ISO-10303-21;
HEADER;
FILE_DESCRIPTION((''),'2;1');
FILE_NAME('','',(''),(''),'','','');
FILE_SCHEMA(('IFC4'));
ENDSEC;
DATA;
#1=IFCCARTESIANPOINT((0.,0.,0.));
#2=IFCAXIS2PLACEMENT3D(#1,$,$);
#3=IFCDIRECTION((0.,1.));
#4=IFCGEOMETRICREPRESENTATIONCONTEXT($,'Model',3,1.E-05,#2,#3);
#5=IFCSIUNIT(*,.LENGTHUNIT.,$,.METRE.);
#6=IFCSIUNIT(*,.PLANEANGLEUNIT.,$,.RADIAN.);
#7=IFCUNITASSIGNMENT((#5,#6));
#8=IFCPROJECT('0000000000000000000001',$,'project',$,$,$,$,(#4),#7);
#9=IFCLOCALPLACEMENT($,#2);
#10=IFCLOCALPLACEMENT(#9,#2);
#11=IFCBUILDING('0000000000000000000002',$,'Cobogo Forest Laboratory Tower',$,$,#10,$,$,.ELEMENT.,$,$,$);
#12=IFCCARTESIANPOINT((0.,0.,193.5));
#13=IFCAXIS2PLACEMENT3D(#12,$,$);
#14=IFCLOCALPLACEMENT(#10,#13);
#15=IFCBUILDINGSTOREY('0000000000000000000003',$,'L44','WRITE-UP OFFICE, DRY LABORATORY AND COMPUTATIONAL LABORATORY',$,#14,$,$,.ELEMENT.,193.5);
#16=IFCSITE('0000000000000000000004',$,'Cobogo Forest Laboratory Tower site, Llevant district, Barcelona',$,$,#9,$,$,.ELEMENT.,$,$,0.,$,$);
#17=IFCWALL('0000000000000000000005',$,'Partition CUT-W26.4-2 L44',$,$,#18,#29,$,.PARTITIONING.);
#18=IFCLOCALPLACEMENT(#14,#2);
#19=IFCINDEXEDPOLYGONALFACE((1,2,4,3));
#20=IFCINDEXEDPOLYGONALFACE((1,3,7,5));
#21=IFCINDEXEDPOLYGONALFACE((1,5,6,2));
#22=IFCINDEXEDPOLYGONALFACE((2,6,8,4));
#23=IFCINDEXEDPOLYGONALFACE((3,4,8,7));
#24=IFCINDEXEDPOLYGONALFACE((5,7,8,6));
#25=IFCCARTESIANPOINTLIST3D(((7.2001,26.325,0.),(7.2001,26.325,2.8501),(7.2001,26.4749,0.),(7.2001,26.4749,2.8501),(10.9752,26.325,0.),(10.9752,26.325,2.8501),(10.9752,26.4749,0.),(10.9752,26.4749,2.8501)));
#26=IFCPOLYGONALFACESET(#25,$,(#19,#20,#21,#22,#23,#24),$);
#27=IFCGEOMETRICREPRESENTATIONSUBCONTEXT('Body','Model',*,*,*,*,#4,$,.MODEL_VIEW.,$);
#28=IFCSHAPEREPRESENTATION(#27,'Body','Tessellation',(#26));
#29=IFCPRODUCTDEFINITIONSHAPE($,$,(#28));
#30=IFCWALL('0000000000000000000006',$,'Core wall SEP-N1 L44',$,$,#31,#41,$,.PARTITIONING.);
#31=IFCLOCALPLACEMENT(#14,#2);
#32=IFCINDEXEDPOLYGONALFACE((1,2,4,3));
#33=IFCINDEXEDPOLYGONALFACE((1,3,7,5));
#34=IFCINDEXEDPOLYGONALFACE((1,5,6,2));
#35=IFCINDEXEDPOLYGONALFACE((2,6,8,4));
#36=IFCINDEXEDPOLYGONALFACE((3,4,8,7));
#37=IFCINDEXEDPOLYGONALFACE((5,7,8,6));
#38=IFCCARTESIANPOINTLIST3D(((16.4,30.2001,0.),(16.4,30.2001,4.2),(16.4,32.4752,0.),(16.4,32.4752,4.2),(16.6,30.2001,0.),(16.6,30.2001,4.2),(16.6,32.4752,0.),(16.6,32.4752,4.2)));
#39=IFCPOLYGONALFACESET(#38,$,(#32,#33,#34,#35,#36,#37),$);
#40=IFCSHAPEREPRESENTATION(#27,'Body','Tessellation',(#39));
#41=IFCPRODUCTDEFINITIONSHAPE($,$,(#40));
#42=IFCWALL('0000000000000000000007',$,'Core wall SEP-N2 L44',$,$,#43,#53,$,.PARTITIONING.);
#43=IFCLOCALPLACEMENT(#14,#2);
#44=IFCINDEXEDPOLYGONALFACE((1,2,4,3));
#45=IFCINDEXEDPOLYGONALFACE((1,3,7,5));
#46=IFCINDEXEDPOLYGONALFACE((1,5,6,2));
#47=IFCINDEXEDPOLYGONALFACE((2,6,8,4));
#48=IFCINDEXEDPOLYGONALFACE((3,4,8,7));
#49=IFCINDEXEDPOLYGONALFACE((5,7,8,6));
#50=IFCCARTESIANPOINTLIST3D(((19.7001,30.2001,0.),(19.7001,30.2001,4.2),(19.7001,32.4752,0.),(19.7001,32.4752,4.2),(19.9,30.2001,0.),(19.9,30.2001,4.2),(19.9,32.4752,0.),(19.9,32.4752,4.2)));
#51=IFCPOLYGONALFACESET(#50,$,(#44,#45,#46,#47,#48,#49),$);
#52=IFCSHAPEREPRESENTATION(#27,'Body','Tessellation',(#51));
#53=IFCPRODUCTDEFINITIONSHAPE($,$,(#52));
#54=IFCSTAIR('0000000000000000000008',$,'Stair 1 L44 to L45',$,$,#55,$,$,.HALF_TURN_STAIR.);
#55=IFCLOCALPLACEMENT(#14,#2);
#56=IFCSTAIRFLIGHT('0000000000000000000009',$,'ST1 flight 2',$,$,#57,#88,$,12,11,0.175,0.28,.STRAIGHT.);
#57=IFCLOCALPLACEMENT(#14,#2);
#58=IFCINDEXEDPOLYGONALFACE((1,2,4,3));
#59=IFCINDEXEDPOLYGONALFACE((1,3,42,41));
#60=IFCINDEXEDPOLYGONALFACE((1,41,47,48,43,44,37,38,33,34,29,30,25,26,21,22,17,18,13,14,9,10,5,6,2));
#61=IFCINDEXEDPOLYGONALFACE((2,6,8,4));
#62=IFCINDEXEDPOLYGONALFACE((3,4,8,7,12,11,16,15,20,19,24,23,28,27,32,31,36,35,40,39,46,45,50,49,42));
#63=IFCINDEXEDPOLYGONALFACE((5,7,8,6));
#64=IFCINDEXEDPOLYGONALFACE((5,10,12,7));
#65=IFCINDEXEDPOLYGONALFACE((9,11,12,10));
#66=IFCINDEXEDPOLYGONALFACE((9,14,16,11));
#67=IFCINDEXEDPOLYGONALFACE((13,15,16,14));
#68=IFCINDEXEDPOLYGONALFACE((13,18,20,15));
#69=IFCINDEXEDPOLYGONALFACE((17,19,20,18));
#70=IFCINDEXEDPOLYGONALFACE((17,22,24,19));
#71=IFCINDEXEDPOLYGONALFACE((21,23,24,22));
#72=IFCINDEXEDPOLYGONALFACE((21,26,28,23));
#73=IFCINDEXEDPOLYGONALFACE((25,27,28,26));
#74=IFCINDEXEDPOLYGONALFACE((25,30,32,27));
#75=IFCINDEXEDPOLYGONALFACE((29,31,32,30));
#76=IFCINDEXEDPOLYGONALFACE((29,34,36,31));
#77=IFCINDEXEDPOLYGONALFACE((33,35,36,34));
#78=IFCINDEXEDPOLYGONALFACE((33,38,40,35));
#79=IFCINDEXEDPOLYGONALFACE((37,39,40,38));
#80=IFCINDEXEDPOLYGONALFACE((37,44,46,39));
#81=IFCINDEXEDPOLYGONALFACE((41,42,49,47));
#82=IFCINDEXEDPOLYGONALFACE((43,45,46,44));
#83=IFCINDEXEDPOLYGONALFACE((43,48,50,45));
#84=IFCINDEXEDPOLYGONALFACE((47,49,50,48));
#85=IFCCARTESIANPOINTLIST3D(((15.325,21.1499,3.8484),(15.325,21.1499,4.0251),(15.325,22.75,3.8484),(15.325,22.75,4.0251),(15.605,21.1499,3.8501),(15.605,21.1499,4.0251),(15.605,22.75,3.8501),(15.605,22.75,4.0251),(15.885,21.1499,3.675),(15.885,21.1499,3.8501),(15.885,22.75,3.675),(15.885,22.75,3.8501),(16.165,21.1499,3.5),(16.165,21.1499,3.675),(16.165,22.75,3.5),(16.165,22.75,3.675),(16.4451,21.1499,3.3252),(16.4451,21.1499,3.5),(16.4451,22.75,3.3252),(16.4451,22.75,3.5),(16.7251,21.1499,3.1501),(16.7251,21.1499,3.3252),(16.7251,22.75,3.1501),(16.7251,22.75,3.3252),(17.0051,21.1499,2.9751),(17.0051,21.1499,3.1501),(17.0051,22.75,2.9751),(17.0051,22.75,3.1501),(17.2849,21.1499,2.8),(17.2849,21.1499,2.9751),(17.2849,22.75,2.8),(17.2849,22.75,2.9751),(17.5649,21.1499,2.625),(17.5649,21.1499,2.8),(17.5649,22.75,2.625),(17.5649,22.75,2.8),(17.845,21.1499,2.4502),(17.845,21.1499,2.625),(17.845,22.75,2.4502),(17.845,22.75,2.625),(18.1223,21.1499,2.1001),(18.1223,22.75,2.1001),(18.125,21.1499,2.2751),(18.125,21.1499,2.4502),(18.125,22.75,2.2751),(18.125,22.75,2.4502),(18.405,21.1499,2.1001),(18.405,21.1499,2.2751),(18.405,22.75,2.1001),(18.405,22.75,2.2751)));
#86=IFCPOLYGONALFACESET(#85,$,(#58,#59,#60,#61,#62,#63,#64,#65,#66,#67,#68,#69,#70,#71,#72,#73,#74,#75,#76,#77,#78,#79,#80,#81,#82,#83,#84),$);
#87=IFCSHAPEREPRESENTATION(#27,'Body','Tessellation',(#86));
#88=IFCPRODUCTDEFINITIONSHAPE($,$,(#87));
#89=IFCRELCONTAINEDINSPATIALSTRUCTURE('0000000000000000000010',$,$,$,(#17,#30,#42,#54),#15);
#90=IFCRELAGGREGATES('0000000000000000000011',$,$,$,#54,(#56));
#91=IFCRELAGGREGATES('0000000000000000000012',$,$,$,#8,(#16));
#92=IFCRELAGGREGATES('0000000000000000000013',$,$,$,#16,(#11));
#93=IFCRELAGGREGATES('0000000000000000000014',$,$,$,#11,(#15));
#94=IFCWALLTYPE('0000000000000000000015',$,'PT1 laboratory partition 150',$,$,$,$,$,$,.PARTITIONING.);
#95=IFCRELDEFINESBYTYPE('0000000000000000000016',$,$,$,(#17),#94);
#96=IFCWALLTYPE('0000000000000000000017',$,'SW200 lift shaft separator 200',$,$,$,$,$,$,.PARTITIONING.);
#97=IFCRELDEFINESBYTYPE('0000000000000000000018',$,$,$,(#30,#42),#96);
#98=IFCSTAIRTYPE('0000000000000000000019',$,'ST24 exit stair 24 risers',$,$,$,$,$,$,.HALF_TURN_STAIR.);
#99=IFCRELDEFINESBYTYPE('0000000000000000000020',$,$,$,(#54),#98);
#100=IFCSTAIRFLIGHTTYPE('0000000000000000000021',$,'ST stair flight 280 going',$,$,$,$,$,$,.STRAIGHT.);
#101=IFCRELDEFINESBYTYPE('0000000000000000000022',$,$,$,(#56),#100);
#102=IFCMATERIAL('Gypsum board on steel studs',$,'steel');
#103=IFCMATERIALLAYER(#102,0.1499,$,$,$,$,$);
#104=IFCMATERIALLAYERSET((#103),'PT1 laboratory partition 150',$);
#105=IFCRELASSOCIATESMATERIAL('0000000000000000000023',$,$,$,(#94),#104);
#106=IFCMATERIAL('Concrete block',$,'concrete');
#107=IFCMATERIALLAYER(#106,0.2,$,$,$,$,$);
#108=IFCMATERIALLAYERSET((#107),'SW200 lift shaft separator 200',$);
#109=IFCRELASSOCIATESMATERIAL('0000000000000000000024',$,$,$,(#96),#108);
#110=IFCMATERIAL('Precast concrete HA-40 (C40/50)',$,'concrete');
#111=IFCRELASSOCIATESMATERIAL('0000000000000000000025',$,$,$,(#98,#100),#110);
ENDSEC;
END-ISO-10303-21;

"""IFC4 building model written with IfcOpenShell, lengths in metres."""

from ifc_helpers import new_model, si_unit, direction, frame, frame_2d, origin, place, context, subcontext, project, spatial, polyline, rectangle, outline, extrude, material, layer, layer_set, type_object, element, aggregate, save


model = new_model("IFC4")

# Units and contexts
model_context = context("Model", 3, precision=1e-05, world=origin(), true_north=direction((0.0, 1.0)))
body_context = subcontext(model_context, "Body", "Model", "MODEL_VIEW")
ifc_project = project(units=[si_unit("LENGTHUNIT", "METRE"), si_unit("PLANEANGLEUNIT", "RADIAN")], contexts=[model_context])

# Site, building, storey
site_placement = place(None, origin())
site = spatial("IfcSite", under=ifc_project, at=site_placement, Name="Cobogo Forest Laboratory Tower site, Llevant district, Barcelona", CompositionType="ELEMENT", RefElevation=0.0)
building_placement = place(site_placement, origin())
building = spatial("IfcBuilding", under=site, at=building_placement, Name="Cobogo Forest Laboratory Tower", CompositionType="ELEMENT")
storey_placement = place(building_placement, frame((0.0, 0.0, 193.5)))
storey = spatial("IfcBuildingStorey", under=building, at=storey_placement, Name="L44", Description="WRITE-UP OFFICE, DRY LABORATORY AND COMPUTATIONAL LABORATORY", CompositionType="ELEMENT", Elevation=193.5)

# Walls
ifc_material_1 = material(Name="Gypsum board on steel studs", Category="steel")
ifc_layer_1 = layer(ifc_material_1, 0.1499)
ifc_layer_set_1 = layer_set([ifc_layer_1], Name="PT1 laboratory partition 150")
wall_type_1 = type_object("IfcWallType", Name="PT1 laboratory partition 150", PredefinedType="PARTITIONING", material=ifc_layer_set_1)
wall_1_placement = place(storey_placement, frame((7.2, 26.3999, 0.0), z_axis=(0.0, 0.0, 1.0), x_axis=(1.0, 0.0, 0.0)))
element("IfcWall", 1, at=wall_1_placement, inside=storey, type_object=wall_type_1, Name="Partition CUT-W26.4-2 L44", PredefinedType="PARTITIONING", context=body_context, shape_type="SweptSolid", body=[
    extrude(rectangle(XDim=3.7751, YDim=0.1499, at=frame_2d((1.8877, 0.0))), origin(), (0.0, 0.0, 1.0), 2.8501),
])
ifc_material_2 = material(Name="Concrete block", Category="concrete")
ifc_layer_2 = layer(ifc_material_2, 0.2)
ifc_layer_set_2 = layer_set([ifc_layer_2], Name="SW200 lift shaft separator 200")
wall_type_2 = type_object("IfcWallType", Name="SW200 lift shaft separator 200", PredefinedType="PARTITIONING", material=ifc_layer_set_2)
for number, where, z_axis, x_axis, name in (
    (2, (16.5, 30.2, 0.0), (0.0, 0.0, 1.0), (0.0, 1.0, 0.0), "Core wall SEP-N1 L44"),
    (3, (19.8, 30.2, 0.0), (0.0, 0.0, 1.0), (0.0, 1.0, 0.0), "Core wall SEP-N2 L44"),
):
    element("IfcWall", number, at=place(storey_placement, frame(where, z_axis=z_axis, x_axis=x_axis)), inside=storey, type_object=wall_type_2, Name=name, PredefinedType="PARTITIONING", context=body_context, shape_type="SweptSolid", body=[
        extrude(rectangle(XDim=2.2751, YDim=0.2, at=frame_2d((1.1377, 0.0))), origin(), (0.0, 0.0, 1.0), 4.2),
    ])

# Stair, stair flight
ifc_material_3 = material(Name="Precast concrete HA-40 (C40/50)", Category="concrete")
stair_type = type_object("IfcStairType", Name="ST24 exit stair 24 risers", PredefinedType="HALF_TURN_STAIR", material=ifc_material_3)
stair_placement = place(storey_placement, origin())
stair = element("IfcStair", 4, at=stair_placement, inside=storey, type_object=stair_type, Name="Stair 1 L44 to L45", PredefinedType="HALF_TURN_STAIR")
stair_flight_type = type_object("IfcStairFlightType", Name="ST stair flight 280 going", PredefinedType="STRAIGHT", material=ifc_material_3)
stair_flight_placement = place(storey_placement, frame((18.405, 21.95, 2.1001), z_axis=(0.0, 0.0, 1.0), x_axis=(-1.0, 0.0, 0.0)))
stair_flight = element("IfcStairFlight", 5, at=stair_flight_placement, type_object=stair_flight_type, Name="ST1 flight 2", NumberOfRisers=12, NumberOfTreads=11, PredefinedType="STRAIGHT", RiserHeight=0.175, TreadLength=0.28, context=body_context, shape_type="SweptSolid", body=[
    extrude(outline(polyline([(0.0, 0.0), (0.0, 0.175), (0.28, 0.175), (0.28, 0.3501), (0.5601, 0.3501), (0.5601, 0.5249), (0.8401, 0.5249), (0.8401, 0.7), (1.1201, 0.7), (1.1201, 0.875), (1.3999, 0.875), (1.3999, 1.05), (1.6799, 1.05), (1.6799, 1.2251), (1.96, 1.2251), (1.96, 1.3999), (2.24, 1.3999), (2.24, 1.575), (2.52, 1.575), (2.52, 1.75), (2.8, 1.75), (2.8, 1.925), (3.0801, 1.925), (3.0801, 2.1001), (3.0801, 1.7483), (0.2827, 0.0), (0.0, 0.0)])), frame((0.0, 0.8, 0.0), z_axis=(0.0, -1.0, 0.0), x_axis=(1.0, 0.0, 0.0)), (0.0, 0.0, 1.0), 1.6001),
])
aggregate(stair, [stair_flight])

save(model, "model.ifc")
